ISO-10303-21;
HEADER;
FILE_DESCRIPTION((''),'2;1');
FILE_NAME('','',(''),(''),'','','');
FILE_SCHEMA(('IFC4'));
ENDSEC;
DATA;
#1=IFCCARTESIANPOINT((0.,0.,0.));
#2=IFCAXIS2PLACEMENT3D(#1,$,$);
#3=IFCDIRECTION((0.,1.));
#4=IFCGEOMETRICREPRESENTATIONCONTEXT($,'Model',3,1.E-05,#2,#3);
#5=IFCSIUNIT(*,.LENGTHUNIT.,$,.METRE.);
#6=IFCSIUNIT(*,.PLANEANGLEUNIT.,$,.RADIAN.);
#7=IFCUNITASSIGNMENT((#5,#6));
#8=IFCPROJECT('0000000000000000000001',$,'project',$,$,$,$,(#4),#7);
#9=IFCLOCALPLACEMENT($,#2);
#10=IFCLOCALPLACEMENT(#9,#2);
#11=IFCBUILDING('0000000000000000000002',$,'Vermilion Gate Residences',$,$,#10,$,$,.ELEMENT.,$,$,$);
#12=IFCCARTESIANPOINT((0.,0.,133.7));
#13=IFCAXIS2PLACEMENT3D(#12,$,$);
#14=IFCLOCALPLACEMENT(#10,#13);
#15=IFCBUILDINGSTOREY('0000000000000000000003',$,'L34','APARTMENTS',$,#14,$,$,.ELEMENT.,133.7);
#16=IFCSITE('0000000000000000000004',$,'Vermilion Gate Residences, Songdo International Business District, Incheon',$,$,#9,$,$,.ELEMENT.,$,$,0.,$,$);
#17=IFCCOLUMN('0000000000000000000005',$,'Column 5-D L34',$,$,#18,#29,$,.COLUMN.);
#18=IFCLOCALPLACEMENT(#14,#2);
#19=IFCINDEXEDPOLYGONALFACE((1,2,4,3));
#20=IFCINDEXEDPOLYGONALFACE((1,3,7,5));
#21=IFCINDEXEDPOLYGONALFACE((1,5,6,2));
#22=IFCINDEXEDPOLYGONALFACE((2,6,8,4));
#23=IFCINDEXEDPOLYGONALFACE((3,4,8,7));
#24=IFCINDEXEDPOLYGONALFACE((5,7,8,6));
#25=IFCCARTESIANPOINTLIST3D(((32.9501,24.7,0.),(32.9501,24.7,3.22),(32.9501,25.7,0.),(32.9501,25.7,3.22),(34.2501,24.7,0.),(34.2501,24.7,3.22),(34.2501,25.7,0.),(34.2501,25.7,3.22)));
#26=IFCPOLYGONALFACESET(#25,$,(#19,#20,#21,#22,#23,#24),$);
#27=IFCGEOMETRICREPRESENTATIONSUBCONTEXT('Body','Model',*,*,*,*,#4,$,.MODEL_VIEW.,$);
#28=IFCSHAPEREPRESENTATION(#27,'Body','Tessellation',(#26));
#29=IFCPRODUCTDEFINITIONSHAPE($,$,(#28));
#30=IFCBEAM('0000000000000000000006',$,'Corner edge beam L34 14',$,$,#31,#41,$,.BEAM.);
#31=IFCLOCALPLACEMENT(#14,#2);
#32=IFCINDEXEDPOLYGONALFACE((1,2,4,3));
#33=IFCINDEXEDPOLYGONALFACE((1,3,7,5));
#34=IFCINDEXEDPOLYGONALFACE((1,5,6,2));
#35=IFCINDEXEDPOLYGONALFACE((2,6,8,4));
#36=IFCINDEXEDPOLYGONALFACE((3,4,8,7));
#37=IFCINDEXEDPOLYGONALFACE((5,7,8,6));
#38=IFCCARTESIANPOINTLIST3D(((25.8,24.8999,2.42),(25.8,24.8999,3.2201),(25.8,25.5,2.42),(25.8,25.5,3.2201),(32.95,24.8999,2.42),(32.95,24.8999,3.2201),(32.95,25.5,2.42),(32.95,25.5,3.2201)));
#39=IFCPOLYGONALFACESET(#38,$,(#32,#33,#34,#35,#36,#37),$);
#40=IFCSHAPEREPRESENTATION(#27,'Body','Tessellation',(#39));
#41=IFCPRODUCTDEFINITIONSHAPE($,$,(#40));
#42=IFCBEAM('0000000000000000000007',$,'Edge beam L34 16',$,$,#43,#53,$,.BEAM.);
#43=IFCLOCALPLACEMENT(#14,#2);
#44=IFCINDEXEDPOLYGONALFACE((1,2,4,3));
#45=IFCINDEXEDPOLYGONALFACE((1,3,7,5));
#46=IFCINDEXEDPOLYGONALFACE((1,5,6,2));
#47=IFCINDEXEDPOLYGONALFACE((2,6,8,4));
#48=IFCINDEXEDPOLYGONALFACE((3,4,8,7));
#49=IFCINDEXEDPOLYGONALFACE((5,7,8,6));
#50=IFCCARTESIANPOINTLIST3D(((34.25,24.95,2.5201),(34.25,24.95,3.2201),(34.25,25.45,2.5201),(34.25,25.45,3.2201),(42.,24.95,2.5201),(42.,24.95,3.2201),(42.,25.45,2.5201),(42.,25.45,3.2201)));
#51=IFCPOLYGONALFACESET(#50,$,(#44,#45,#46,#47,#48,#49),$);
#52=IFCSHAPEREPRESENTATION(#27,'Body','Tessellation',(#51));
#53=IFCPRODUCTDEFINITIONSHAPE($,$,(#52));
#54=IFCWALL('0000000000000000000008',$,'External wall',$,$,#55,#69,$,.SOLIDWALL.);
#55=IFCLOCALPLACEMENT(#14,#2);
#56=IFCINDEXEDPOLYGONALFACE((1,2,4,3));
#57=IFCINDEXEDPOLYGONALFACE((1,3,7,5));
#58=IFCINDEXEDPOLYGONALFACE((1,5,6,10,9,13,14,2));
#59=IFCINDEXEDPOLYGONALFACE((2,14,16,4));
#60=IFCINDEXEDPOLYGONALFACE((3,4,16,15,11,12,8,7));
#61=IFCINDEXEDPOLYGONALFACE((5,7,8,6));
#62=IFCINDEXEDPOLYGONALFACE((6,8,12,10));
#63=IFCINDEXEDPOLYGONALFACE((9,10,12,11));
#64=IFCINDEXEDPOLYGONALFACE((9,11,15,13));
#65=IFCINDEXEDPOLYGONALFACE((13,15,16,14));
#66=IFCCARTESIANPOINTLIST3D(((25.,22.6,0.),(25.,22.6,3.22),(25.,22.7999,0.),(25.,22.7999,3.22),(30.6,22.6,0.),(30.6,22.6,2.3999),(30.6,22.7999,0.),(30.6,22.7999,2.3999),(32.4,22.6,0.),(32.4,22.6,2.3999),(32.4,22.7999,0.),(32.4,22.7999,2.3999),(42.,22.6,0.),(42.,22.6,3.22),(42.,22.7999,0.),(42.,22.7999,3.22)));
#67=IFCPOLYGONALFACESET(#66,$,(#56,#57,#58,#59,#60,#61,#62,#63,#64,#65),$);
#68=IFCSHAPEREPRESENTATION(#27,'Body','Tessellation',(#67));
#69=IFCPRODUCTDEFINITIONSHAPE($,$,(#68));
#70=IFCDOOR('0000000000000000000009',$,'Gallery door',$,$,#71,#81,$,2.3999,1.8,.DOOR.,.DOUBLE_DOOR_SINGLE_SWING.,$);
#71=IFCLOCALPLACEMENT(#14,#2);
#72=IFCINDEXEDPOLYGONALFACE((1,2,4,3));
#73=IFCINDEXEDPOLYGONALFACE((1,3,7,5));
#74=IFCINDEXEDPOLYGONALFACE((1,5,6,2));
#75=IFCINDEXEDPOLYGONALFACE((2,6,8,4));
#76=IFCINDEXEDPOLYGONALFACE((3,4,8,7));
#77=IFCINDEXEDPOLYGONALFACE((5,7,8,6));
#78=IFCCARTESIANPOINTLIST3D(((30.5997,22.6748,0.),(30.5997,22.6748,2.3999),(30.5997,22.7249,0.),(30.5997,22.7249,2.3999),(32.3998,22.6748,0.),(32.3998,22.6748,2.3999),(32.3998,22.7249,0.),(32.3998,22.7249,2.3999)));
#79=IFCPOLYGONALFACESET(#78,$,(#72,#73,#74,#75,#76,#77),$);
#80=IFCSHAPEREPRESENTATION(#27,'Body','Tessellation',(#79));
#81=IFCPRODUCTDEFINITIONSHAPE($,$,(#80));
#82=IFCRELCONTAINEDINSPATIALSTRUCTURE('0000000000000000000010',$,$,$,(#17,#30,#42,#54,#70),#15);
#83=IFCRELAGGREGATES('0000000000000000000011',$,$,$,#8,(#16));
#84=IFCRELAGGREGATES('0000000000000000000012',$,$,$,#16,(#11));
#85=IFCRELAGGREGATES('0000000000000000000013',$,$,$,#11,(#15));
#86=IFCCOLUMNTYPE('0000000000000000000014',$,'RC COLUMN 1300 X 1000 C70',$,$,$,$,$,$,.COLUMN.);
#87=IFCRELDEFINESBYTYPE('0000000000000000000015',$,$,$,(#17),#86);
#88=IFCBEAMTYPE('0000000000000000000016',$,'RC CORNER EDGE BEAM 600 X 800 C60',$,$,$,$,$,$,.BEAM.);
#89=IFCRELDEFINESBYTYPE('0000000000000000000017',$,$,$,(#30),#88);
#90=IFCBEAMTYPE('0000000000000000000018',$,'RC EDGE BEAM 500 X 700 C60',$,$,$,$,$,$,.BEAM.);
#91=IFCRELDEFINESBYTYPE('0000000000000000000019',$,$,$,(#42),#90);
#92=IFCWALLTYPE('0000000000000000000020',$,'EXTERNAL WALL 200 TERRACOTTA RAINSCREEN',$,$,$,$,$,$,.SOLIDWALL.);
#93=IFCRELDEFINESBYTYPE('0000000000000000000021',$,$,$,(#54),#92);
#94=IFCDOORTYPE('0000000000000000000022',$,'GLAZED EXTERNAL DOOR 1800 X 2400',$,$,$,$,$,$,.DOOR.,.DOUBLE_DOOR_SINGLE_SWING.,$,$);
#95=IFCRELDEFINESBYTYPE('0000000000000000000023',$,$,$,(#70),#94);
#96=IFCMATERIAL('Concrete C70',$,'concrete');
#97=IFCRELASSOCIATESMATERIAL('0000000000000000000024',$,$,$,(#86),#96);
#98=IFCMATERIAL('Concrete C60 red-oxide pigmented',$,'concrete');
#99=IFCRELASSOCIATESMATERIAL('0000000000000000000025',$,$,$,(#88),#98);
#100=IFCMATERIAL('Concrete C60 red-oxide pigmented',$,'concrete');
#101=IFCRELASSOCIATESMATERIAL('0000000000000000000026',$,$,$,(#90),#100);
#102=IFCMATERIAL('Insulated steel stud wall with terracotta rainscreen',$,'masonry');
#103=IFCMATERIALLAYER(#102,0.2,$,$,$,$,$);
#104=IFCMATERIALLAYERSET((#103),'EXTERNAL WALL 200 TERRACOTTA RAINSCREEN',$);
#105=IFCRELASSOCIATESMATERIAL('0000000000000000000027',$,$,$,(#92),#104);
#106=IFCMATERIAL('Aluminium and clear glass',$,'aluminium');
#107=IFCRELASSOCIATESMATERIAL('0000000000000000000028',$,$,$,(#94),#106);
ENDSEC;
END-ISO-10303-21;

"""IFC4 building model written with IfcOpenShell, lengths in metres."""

from ifc_helpers import new_model, si_unit, direction, frame, frame_2d, origin, origin_2d, place, context, subcontext, project, spatial, rectangle, extrude, material, layer, layer_set, material_profile, profile_set, type_object, element, fill, save


model = new_model("IFC4")

# Units and contexts
model_context = context("Model", 3, precision=1e-05, world=origin(), true_north=direction((0.0, 1.0)))
body_context = subcontext(model_context, "Body", "Model", "MODEL_VIEW")
ifc_project = project(units=[si_unit("LENGTHUNIT", "METRE"), si_unit("PLANEANGLEUNIT", "RADIAN")], contexts=[model_context])

# Site, building, storey
site_placement = place(None, origin())
site = spatial("IfcSite", under=ifc_project, at=site_placement, Name="Vermilion Gate Residences, Songdo International Business District, Incheon", CompositionType="ELEMENT", RefElevation=0.0)
building_placement = place(site_placement, origin())
building = spatial("IfcBuilding", under=site, at=building_placement, Name="Vermilion Gate Residences", CompositionType="ELEMENT")
storey_placement = place(building_placement, frame((0.0, 0.0, 133.7)))
storey = spatial("IfcBuildingStorey", under=building, at=storey_placement, Name="L34", Description="APARTMENTS", CompositionType="ELEMENT", Elevation=133.7)

# Column
ifc_material_1 = material(Name="Concrete C70", Category="concrete")
ifc_material_profile_1 = material_profile(ifc_material_1, rectangle(XDim=1.3, YDim=1.0, at=origin_2d()), Name="RC-1300x1000")
ifc_profile_set_1 = profile_set([ifc_material_profile_1], Name="Concrete C70")
column_type = type_object("IfcColumnType", Name="RC COLUMN 1300 X 1000 C70", PredefinedType="COLUMN", material=ifc_profile_set_1)
column_placement = place(storey_placement, frame((33.6001, 25.2, 0.0), z_axis=(0.0, 0.0, 1.0), x_axis=(1.0, 0.0, 0.0)))
element("IfcColumn", 1, at=column_placement, inside=storey, type_object=column_type, Name="Column 5-D L34", PredefinedType="COLUMN", context=body_context, shape_type="SweptSolid", body=[
    extrude(rectangle(XDim=1.3, YDim=1.0, at=origin_2d()), origin(), (0.0, 0.0, 1.0), 3.22),
])

# Beams
ifc_material_2 = material(Name="Concrete C60 red-oxide pigmented", Category="concrete")
ifc_material_profile_2 = material_profile(ifc_material_2, rectangle(XDim=0.6001, YDim=0.8, at=origin_2d()), Name="RC-600x800")
ifc_profile_set_2 = profile_set([ifc_material_profile_2], Name="Concrete C60 red-oxide pigmented")
beam_type_1 = type_object("IfcBeamType", Name="RC CORNER EDGE BEAM 600 X 800 C60", PredefinedType="BEAM", material=ifc_profile_set_2)
beam_1_placement = place(storey_placement, frame((25.8, 25.2, 2.8201), z_axis=(1.0, 0.0, 0.0), x_axis=(0.0, 1.0, 0.0)))
element("IfcBeam", 2, at=beam_1_placement, inside=storey, type_object=beam_type_1, Name="Corner edge beam L34 14", PredefinedType="BEAM", context=body_context, shape_type="SweptSolid", body=[
    extrude(rectangle(XDim=0.6001, YDim=0.8, at=origin_2d()), origin(), (0.0, 0.0, 1.0), 7.1499),
])
ifc_material_3 = material(Name="Concrete C60 red-oxide pigmented", Category="concrete")
ifc_material_profile_3 = material_profile(ifc_material_3, rectangle(XDim=0.5, YDim=0.7, at=origin_2d()), Name="RC-500x700")
ifc_profile_set_3 = profile_set([ifc_material_profile_3], Name="Concrete C60 red-oxide pigmented")
beam_type_2 = type_object("IfcBeamType", Name="RC EDGE BEAM 500 X 700 C60", PredefinedType="BEAM", material=ifc_profile_set_3)
beam_2_placement = place(storey_placement, frame((34.25, 25.2, 2.8701), z_axis=(1.0, 0.0, 0.0), x_axis=(0.0, 1.0, 0.0)))
element("IfcBeam", 3, at=beam_2_placement, inside=storey, type_object=beam_type_2, Name="Edge beam L34 16", PredefinedType="BEAM", context=body_context, shape_type="SweptSolid", body=[
    extrude(rectangle(XDim=0.5, YDim=0.7, at=origin_2d()), origin(), (0.0, 0.0, 1.0), 7.75),
])

# Wall, opening, door
ifc_material_4 = material(Name="Insulated steel stud wall with terracotta rainscreen", Category="masonry")
ifc_layer_1 = layer(ifc_material_4, 0.2)
ifc_layer_set_1 = layer_set([ifc_layer_1], Name="EXTERNAL WALL 200 TERRACOTTA RAINSCREEN")
wall_type_1 = type_object("IfcWallType", Name="EXTERNAL WALL 200 TERRACOTTA RAINSCREEN", PredefinedType="SOLIDWALL", material=ifc_layer_set_1)
wall_1_placement = place(storey_placement, frame((42.0, 22.7, 0.0), z_axis=(0.0, 0.0, 1.0), x_axis=(-1.0, 0.0, 0.0)))
wall_1 = element("IfcWall", 4, at=wall_1_placement, inside=storey, type_object=wall_type_1, Name="External wall", PredefinedType="SOLIDWALL", context=body_context, shape_type="SweptSolid", body=[
    extrude(rectangle(XDim=17.0, YDim=0.2, at=frame_2d((8.5, 0.0))), origin(), (0.0, 0.0, 1.0), 3.22),
])
opening_1_placement = place(wall_1_placement, frame((9.6001, 0.0, 0.0)))
opening_1 = element("IfcOpeningElement", 5, at=opening_1_placement, cuts=wall_1, PredefinedType="OPENING", context=body_context, shape_type="SweptSolid", body=[
    extrude(rectangle(XDim=1.8, YDim=2.3999, at=frame_2d((0.8999, 1.2))), frame((0.0, 0.1099, 0.0), z_axis=(0.0, -1.0, 0.0), x_axis=(1.0, 0.0, 0.0)), (0.0, 0.0, 1.0), 0.22),
])
ifc_material_5 = material(Name="Aluminium and clear glass", Category="aluminium")
door_type = type_object("IfcDoorType", Name="GLAZED EXTERNAL DOOR 1800 X 2400", OperationType="DOUBLE_DOOR_SINGLE_SWING", PredefinedType="DOOR", material=ifc_material_5)
door_placement = place(opening_1_placement, frame((1.8, 0.0, 0.0), z_axis=(0.0, 0.0, 1.0), x_axis=(-1.0, 0.0, 0.0)))
door = element("IfcDoor", 6, at=door_placement, inside=storey, type_object=door_type, Name="Gallery door", OperationType="DOUBLE_DOOR_SINGLE_SWING", OverallHeight=2.3999, OverallWidth=1.8, PredefinedType="DOOR", context=body_context, shape_type="SweptSolid", body=[
    extrude(rectangle(XDim=1.8, YDim=2.3999, at=frame_2d((0.8999, 1.2))), frame((0.0, 0.0249, 0.0), z_axis=(0.0, -1.0, 0.0), x_axis=(1.0, 0.0, 0.0)), (0.0, 0.0, 1.0), 0.05),
])
fill(opening_1, door)

save(model, "model.ifc")
